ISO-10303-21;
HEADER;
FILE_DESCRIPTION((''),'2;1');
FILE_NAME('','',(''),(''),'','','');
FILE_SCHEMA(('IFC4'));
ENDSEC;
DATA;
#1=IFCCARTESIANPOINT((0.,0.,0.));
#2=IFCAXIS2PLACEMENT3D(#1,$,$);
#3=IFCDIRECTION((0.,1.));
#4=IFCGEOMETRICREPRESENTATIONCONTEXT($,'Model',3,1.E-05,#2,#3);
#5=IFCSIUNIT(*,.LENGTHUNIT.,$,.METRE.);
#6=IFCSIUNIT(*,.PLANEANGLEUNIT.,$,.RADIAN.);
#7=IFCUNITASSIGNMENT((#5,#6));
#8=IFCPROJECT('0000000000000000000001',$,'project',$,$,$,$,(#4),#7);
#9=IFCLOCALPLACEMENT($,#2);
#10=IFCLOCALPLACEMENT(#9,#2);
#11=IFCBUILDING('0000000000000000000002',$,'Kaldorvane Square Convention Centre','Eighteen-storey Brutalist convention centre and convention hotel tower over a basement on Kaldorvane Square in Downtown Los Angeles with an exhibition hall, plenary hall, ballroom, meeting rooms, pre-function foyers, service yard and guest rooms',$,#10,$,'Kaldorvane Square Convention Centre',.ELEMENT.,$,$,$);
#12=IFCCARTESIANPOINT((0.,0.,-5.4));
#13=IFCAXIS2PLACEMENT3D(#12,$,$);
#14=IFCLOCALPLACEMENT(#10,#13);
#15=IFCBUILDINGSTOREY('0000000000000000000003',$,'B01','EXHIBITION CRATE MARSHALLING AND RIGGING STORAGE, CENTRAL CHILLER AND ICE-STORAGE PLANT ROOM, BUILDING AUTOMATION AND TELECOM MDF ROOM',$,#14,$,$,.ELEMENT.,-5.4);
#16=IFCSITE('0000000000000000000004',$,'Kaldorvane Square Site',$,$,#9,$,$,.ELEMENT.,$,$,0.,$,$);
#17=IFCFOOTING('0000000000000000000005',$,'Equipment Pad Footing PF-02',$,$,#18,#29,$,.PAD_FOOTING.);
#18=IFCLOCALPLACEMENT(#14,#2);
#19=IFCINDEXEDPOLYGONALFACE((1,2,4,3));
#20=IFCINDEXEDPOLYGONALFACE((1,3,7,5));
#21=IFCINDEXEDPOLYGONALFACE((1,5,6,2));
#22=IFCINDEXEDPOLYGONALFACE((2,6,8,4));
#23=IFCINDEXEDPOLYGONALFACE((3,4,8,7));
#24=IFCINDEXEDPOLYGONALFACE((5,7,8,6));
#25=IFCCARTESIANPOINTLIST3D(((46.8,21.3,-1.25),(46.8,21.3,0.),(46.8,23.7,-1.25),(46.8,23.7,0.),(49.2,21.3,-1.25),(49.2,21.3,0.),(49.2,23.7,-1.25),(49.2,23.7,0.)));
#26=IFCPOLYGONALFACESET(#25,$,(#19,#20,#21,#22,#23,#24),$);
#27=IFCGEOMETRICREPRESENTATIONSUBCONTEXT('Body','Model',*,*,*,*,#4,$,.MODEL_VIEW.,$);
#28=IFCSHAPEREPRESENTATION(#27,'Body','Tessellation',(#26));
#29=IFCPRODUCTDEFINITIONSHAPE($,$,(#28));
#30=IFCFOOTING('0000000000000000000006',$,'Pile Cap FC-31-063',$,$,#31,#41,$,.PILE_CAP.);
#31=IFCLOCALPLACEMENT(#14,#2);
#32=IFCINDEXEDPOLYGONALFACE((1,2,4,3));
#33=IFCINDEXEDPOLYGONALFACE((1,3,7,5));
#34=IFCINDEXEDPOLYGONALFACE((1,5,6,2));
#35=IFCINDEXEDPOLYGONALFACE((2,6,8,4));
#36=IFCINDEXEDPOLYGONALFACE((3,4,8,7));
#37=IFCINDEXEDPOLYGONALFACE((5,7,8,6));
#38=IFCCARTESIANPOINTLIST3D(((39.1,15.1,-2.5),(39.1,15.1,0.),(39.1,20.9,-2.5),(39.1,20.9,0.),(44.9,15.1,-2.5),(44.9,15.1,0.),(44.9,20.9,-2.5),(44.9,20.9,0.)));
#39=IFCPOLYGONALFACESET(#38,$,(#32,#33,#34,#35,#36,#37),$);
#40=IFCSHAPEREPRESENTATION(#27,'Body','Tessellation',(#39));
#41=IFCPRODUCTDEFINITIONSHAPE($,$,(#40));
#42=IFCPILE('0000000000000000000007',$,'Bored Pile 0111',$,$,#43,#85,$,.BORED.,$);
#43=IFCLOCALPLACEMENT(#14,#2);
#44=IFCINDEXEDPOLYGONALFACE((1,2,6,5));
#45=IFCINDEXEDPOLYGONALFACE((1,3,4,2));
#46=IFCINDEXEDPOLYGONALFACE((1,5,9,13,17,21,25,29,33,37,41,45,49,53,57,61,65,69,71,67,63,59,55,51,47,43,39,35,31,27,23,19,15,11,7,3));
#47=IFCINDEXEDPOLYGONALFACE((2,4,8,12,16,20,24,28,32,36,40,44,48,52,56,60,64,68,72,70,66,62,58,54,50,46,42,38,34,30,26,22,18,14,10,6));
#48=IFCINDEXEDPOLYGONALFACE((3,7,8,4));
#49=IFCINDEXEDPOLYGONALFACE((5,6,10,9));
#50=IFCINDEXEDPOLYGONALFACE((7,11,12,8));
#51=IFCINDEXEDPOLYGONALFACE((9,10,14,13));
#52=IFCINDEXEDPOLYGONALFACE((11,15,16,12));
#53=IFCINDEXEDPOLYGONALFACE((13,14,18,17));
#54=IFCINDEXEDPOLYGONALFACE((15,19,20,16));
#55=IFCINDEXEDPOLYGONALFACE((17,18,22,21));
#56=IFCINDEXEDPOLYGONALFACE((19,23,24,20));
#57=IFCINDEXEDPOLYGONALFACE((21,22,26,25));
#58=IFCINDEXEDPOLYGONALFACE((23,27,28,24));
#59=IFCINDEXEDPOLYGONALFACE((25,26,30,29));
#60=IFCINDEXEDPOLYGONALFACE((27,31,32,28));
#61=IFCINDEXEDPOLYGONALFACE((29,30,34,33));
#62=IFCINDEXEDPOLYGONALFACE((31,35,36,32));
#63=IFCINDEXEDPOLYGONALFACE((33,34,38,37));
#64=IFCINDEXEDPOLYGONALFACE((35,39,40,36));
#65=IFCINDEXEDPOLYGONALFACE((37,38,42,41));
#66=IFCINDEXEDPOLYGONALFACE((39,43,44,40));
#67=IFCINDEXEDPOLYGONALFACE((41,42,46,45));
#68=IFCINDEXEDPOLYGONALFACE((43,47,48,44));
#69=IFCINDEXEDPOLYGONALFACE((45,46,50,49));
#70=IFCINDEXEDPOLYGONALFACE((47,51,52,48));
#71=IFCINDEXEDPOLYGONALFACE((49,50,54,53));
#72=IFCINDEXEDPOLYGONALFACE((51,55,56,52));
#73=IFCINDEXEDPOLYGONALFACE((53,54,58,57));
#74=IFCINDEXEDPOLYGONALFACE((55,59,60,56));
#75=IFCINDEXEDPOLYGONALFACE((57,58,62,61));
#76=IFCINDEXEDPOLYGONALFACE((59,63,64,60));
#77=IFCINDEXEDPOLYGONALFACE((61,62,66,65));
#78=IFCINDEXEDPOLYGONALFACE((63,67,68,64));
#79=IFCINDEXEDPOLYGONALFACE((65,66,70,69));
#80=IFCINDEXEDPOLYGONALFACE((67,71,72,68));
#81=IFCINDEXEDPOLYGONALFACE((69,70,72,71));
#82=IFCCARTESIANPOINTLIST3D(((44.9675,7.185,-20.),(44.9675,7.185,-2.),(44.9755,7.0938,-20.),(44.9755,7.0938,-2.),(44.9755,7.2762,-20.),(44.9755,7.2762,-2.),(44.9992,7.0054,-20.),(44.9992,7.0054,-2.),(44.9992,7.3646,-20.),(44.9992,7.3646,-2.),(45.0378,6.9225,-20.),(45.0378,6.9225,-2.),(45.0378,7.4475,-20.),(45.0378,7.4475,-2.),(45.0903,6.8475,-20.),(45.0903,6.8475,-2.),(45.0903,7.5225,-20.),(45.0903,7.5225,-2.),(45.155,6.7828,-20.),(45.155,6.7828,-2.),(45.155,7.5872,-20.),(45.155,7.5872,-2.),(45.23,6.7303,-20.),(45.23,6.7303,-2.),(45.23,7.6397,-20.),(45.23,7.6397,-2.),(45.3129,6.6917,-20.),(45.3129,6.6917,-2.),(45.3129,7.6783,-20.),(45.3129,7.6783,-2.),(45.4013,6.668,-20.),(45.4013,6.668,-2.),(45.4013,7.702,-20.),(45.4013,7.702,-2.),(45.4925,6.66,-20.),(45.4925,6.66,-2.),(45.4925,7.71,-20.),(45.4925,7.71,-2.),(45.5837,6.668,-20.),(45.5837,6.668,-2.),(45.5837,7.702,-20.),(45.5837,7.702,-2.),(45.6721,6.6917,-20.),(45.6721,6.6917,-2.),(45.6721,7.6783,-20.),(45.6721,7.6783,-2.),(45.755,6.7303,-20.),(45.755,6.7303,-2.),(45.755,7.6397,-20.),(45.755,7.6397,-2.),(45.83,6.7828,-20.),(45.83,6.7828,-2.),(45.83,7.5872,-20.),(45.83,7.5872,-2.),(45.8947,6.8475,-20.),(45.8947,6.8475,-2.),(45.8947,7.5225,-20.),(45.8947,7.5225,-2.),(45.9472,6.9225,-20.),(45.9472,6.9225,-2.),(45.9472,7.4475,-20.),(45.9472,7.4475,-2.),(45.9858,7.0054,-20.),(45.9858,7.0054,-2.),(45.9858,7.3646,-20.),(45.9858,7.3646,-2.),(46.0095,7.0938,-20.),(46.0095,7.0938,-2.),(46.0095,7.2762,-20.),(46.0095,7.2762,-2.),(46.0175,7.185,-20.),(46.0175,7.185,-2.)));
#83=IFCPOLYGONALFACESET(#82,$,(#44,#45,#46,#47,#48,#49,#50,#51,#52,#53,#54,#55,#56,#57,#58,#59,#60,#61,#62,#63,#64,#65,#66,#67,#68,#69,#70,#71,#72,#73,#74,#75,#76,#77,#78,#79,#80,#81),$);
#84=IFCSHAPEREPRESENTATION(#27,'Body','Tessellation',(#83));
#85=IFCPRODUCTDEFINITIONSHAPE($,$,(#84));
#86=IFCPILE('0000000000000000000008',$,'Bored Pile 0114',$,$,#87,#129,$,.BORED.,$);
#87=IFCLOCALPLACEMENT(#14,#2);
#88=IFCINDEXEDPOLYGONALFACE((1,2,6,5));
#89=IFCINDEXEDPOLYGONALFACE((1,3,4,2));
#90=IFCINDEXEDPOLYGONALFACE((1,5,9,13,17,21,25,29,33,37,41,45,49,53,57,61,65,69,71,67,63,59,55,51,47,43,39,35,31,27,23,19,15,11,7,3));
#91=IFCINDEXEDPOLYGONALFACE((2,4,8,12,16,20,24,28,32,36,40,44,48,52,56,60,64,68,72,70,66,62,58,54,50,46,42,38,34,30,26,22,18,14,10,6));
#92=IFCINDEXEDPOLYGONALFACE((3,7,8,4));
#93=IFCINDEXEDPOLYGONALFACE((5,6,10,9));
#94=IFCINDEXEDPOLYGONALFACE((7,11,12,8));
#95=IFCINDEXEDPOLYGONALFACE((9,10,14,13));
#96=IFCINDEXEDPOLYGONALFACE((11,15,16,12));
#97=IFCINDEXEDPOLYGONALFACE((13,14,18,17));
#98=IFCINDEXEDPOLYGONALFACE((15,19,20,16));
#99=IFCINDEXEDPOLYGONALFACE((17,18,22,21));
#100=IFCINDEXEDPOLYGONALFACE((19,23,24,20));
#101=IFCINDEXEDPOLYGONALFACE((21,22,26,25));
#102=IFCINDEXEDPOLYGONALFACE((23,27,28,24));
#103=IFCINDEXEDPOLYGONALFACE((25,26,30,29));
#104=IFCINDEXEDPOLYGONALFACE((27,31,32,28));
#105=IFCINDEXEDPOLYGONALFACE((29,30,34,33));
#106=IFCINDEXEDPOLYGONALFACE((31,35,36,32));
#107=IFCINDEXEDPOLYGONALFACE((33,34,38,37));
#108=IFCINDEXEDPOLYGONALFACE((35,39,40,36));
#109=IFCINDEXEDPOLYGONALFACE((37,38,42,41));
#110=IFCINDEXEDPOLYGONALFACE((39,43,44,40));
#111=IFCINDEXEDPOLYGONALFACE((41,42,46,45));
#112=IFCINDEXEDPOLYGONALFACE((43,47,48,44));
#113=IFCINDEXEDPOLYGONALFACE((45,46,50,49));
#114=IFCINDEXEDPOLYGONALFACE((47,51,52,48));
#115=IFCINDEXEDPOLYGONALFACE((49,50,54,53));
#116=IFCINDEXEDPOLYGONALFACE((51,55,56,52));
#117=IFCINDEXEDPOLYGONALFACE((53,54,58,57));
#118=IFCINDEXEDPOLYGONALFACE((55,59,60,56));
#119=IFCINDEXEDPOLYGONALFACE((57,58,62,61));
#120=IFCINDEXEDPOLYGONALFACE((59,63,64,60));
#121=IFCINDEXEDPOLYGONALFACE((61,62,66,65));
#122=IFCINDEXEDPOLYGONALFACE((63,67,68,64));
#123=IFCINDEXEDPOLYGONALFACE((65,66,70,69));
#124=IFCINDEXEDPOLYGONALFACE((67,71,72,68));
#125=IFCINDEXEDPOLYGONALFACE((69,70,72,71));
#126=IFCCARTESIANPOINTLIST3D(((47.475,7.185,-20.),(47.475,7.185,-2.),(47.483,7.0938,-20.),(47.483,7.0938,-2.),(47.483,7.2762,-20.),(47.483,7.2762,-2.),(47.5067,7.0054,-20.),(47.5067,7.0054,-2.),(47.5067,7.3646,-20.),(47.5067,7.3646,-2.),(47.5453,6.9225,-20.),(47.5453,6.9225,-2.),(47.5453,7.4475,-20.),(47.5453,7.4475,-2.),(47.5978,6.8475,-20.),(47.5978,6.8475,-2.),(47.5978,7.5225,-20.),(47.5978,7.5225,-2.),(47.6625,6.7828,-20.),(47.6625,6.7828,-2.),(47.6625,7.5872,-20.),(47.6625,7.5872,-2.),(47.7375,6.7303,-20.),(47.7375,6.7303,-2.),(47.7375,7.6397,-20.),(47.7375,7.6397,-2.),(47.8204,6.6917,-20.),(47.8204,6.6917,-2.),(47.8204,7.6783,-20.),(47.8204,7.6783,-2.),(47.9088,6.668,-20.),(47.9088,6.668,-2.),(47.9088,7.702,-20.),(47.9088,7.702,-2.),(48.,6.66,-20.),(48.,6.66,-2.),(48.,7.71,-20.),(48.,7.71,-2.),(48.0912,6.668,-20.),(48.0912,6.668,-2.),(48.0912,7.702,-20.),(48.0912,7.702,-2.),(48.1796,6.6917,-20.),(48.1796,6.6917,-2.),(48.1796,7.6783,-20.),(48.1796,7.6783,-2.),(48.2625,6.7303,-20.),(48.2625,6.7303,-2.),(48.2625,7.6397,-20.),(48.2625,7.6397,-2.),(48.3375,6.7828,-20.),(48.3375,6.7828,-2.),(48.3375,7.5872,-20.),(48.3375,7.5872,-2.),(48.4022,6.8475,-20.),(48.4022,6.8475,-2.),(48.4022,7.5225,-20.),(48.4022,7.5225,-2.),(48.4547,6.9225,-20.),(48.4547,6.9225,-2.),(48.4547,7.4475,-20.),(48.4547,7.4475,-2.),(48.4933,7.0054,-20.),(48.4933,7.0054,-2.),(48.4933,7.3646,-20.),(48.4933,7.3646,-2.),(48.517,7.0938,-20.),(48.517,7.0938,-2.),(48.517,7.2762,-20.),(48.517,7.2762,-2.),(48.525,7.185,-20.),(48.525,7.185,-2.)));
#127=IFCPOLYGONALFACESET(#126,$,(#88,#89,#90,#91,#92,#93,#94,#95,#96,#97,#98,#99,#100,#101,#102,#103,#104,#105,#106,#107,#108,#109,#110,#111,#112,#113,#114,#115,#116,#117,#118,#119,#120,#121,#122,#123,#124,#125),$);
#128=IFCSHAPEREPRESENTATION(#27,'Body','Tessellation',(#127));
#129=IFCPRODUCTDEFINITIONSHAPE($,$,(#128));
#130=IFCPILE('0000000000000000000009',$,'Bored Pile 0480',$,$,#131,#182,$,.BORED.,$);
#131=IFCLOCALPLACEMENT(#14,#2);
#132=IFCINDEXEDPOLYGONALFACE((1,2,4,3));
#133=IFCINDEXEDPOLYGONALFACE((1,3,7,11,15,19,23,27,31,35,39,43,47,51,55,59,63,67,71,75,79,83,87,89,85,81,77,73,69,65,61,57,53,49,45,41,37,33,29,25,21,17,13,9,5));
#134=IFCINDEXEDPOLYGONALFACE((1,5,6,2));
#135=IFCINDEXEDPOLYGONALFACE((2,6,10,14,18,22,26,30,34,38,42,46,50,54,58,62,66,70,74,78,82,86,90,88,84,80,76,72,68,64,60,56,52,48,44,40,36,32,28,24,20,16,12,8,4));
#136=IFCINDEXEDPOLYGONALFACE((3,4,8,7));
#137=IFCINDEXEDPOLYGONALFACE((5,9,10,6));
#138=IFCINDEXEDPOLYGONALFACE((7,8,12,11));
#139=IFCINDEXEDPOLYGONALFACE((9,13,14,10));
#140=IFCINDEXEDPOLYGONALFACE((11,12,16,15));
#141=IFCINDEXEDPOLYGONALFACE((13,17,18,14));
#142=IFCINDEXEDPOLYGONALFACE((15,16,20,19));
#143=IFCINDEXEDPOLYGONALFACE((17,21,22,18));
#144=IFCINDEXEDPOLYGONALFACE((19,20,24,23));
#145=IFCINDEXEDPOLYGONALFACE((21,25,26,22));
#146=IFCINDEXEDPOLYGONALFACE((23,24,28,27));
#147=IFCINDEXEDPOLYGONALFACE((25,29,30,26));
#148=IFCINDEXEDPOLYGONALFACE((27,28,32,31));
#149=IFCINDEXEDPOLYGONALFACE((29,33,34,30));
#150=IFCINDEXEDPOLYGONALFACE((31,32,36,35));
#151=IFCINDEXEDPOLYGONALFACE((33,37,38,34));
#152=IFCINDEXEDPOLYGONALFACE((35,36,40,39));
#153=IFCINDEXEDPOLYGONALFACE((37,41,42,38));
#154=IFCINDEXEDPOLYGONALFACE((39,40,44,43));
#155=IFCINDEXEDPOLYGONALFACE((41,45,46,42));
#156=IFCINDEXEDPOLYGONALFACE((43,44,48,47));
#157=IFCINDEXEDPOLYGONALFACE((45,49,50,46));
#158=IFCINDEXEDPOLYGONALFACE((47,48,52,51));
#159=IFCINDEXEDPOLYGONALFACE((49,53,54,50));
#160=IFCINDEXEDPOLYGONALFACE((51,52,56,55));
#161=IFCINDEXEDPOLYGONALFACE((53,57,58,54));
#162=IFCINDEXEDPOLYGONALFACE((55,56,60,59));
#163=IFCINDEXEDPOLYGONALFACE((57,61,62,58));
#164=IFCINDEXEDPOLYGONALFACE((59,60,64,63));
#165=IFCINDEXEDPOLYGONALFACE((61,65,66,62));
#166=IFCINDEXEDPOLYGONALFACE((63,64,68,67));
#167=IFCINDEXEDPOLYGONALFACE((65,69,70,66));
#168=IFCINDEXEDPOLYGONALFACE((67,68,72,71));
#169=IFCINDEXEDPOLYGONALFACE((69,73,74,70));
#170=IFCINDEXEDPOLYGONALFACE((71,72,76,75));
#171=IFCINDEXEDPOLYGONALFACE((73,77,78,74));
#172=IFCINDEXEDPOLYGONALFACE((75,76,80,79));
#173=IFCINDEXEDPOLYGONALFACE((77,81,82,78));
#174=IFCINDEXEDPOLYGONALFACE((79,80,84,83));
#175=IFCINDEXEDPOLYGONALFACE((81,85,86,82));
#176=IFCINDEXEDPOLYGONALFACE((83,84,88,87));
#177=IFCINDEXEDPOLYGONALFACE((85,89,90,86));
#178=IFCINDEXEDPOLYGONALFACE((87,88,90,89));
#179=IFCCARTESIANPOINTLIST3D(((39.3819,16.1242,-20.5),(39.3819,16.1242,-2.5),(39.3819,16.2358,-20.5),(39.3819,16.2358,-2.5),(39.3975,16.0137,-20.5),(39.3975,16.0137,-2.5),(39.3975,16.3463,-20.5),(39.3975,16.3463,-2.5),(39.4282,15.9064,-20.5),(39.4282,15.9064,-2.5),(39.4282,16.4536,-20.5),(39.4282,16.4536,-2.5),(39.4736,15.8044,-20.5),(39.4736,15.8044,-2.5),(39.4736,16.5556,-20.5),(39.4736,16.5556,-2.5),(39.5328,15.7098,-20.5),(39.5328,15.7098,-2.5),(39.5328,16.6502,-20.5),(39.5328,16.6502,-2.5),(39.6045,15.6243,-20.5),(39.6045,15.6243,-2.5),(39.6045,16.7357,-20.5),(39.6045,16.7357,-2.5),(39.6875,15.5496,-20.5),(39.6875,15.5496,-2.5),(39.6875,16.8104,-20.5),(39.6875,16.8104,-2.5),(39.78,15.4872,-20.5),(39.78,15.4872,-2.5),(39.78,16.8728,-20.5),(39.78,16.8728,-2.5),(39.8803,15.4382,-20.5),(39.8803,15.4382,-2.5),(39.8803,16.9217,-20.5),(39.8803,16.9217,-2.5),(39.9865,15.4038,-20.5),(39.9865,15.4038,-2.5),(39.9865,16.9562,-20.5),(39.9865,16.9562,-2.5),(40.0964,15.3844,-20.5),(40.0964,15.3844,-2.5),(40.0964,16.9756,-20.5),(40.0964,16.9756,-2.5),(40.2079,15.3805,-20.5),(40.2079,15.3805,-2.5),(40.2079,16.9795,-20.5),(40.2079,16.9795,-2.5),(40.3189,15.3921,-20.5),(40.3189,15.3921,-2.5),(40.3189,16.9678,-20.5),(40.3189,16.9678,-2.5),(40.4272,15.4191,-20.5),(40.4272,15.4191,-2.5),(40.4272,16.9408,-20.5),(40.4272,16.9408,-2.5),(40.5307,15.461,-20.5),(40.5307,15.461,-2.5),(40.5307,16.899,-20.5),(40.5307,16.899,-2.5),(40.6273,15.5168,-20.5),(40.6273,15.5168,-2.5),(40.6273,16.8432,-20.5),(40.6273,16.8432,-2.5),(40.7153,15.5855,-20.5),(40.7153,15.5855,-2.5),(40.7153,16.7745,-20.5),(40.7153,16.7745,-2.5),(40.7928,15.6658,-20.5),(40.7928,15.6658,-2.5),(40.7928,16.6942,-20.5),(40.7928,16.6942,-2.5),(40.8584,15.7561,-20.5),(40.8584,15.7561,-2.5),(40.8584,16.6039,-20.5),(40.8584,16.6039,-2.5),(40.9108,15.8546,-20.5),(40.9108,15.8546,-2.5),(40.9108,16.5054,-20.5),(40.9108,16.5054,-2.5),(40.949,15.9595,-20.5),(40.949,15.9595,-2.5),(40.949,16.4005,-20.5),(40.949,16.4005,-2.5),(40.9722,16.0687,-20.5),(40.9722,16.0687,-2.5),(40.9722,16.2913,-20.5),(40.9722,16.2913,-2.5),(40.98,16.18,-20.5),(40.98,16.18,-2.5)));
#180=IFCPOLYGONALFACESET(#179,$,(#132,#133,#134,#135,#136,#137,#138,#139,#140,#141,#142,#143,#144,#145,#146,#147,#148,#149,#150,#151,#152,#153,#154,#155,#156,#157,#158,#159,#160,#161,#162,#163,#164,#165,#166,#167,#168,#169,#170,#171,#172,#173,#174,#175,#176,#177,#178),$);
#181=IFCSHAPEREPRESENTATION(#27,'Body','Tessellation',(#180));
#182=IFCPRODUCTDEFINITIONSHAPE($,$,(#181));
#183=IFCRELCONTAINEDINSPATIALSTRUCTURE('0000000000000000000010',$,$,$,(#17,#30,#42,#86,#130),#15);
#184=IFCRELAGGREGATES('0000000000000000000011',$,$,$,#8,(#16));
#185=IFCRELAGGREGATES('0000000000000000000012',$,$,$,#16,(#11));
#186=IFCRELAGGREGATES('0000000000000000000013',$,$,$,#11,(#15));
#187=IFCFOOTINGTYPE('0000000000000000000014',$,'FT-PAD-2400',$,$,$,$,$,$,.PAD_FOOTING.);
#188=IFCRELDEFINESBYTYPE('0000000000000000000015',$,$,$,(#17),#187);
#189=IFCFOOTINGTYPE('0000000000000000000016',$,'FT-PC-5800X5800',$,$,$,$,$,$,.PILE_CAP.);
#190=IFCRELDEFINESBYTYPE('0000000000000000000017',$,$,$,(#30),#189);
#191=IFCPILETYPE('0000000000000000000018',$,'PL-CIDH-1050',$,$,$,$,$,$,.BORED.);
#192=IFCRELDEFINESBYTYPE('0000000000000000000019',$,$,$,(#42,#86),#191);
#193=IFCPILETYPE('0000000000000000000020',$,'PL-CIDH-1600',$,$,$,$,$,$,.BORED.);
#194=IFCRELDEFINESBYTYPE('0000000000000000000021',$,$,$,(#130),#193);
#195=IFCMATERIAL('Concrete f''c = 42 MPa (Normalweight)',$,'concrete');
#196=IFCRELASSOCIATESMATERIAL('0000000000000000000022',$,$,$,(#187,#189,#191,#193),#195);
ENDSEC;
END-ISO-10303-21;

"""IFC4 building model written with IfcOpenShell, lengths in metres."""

from ifc_helpers import new_model, si_unit, direction, frame, origin, origin_2d, place, context, subcontext, project, spatial, rectangle, circle, extrude, material, material_profile, profile_set, type_object, element, save


model = new_model("IFC4")

# Units and contexts
model_context = context("Model", 3, precision=1e-05, world=origin(), true_north=direction((0.0, 1.0)))
body_context = subcontext(model_context, "Body", "Model", "MODEL_VIEW")
ifc_project = project(units=[si_unit("LENGTHUNIT", "METRE"), si_unit("PLANEANGLEUNIT", "RADIAN")], contexts=[model_context])

# Site, building, storey
site_placement = place(None, origin())
site = spatial("IfcSite", under=ifc_project, at=site_placement, Name="Kaldorvane Square Site", CompositionType="ELEMENT", RefElevation=0.0)
building_placement = place(site_placement, origin())
building = spatial("IfcBuilding", under=site, at=building_placement, Name="Kaldorvane Square Convention Centre", Description="Eighteen-storey Brutalist convention centre and convention hotel tower over a basement on Kaldorvane Square in Downtown Los Angeles with an exhibition hall, plenary hall, ballroom, meeting rooms, pre-function foyers, service yard and guest rooms", LongName="Kaldorvane Square Convention Centre", CompositionType="ELEMENT")
storey_placement = place(building_placement, frame((0.0, 0.0, -5.4)))
storey = spatial("IfcBuildingStorey", under=building, at=storey_placement, Name="B01", Description="EXHIBITION CRATE MARSHALLING AND RIGGING STORAGE, CENTRAL CHILLER AND ICE-STORAGE PLANT ROOM, BUILDING AUTOMATION AND TELECOM MDF ROOM", CompositionType="ELEMENT", Elevation=-5.4)

# Footings
ifc_material_1 = material(Name="Concrete f'c = 42 MPa (Normalweight)", Category="concrete")
footing_type_1 = type_object("IfcFootingType", Name="FT-PAD-2400", PredefinedType="PAD_FOOTING", material=ifc_material_1)
footing_1_placement = place(storey_placement, frame((48.0, 22.5, -1.25), z_axis=(0.0, 0.0, 1.0), x_axis=(1.0, 0.0, 0.0)))
element("IfcFooting", 1, at=footing_1_placement, inside=storey, type_object=footing_type_1, Name="Equipment Pad Footing PF-02", PredefinedType="PAD_FOOTING", context=body_context, shape_type="SweptSolid", body=[
    extrude(rectangle(XDim=2.4, YDim=2.4, at=origin_2d()), origin(), (0.0, 0.0, 1.0), 1.25),
])
footing_type_2 = type_object("IfcFootingType", Name="FT-PC-5800X5800", PredefinedType="PILE_CAP", material=ifc_material_1)
footing_2_placement = place(storey_placement, frame((42.0, 18.0, -2.5), z_axis=(0.0, 0.0, 1.0), x_axis=(1.0, 0.0, 0.0)))
element("IfcFooting", 2, at=footing_2_placement, inside=storey, type_object=footing_type_2, Name="Pile Cap FC-31-063", PredefinedType="PILE_CAP", context=body_context, shape_type="SweptSolid", body=[
    extrude(rectangle(XDim=5.8, YDim=5.8, at=origin_2d()), origin(), (0.0, 0.0, 1.0), 2.5),
])

# Piles
ifc_material_profile_1 = material_profile(ifc_material_1, circle(Radius=0.525, at=origin_2d()), Name="PILE-D1050")
ifc_profile_set_1 = profile_set([ifc_material_profile_1], Name="Concrete f'c = 42 MPa (Normalweight)")
pile_type_1 = type_object("IfcPileType", Name="PL-CIDH-1050", PredefinedType="BORED", material=ifc_profile_set_1)
for number, where, z_axis, x_axis, name in (
    (3, (45.4925, 7.185, -2.0), (0.0, 0.0, -1.0), (1.0, 0.0, 0.0), "Bored Pile 0111"),
    (4, (48.0, 7.185, -2.0), (0.0, 0.0, -1.0), (1.0, 0.0, 0.0), "Bored Pile 0114"),
):
    element("IfcPile", number, at=place(storey_placement, frame(where, z_axis=z_axis, x_axis=x_axis)), inside=storey, type_object=pile_type_1, Name=name, PredefinedType="BORED", context=body_context, shape_type="SweptSolid", body=[
        extrude(circle(Radius=0.525, at=origin_2d()), origin(), (0.0, 0.0, 1.0), 18.0),
    ])
ifc_material_profile_2 = material_profile(ifc_material_1, circle(Radius=0.8, at=origin_2d()), Name="PILE-D1600")
ifc_profile_set_2 = profile_set([ifc_material_profile_2], Name="Concrete f'c = 42 MPa (Normalweight)")
pile_type_2 = type_object("IfcPileType", Name="PL-CIDH-1600", PredefinedType="BORED", material=ifc_profile_set_2)
for number, where, z_axis, x_axis, name in (
    (5, (40.18, 16.18, -2.5), (0.0, 0.0, -1.0), (1.0, 0.0, 0.0), "Bored Pile 0480"),
):
    element("IfcPile", number, at=place(storey_placement, frame(where, z_axis=z_axis, x_axis=x_axis)), inside=storey, type_object=pile_type_2, Name=name, PredefinedType="BORED", context=body_context, shape_type="SweptSolid", body=[
        extrude(circle(Radius=0.8, at=origin_2d()), origin(), (0.0, 0.0, 1.0), 18.0),
    ])

save(model, "model.ifc")
